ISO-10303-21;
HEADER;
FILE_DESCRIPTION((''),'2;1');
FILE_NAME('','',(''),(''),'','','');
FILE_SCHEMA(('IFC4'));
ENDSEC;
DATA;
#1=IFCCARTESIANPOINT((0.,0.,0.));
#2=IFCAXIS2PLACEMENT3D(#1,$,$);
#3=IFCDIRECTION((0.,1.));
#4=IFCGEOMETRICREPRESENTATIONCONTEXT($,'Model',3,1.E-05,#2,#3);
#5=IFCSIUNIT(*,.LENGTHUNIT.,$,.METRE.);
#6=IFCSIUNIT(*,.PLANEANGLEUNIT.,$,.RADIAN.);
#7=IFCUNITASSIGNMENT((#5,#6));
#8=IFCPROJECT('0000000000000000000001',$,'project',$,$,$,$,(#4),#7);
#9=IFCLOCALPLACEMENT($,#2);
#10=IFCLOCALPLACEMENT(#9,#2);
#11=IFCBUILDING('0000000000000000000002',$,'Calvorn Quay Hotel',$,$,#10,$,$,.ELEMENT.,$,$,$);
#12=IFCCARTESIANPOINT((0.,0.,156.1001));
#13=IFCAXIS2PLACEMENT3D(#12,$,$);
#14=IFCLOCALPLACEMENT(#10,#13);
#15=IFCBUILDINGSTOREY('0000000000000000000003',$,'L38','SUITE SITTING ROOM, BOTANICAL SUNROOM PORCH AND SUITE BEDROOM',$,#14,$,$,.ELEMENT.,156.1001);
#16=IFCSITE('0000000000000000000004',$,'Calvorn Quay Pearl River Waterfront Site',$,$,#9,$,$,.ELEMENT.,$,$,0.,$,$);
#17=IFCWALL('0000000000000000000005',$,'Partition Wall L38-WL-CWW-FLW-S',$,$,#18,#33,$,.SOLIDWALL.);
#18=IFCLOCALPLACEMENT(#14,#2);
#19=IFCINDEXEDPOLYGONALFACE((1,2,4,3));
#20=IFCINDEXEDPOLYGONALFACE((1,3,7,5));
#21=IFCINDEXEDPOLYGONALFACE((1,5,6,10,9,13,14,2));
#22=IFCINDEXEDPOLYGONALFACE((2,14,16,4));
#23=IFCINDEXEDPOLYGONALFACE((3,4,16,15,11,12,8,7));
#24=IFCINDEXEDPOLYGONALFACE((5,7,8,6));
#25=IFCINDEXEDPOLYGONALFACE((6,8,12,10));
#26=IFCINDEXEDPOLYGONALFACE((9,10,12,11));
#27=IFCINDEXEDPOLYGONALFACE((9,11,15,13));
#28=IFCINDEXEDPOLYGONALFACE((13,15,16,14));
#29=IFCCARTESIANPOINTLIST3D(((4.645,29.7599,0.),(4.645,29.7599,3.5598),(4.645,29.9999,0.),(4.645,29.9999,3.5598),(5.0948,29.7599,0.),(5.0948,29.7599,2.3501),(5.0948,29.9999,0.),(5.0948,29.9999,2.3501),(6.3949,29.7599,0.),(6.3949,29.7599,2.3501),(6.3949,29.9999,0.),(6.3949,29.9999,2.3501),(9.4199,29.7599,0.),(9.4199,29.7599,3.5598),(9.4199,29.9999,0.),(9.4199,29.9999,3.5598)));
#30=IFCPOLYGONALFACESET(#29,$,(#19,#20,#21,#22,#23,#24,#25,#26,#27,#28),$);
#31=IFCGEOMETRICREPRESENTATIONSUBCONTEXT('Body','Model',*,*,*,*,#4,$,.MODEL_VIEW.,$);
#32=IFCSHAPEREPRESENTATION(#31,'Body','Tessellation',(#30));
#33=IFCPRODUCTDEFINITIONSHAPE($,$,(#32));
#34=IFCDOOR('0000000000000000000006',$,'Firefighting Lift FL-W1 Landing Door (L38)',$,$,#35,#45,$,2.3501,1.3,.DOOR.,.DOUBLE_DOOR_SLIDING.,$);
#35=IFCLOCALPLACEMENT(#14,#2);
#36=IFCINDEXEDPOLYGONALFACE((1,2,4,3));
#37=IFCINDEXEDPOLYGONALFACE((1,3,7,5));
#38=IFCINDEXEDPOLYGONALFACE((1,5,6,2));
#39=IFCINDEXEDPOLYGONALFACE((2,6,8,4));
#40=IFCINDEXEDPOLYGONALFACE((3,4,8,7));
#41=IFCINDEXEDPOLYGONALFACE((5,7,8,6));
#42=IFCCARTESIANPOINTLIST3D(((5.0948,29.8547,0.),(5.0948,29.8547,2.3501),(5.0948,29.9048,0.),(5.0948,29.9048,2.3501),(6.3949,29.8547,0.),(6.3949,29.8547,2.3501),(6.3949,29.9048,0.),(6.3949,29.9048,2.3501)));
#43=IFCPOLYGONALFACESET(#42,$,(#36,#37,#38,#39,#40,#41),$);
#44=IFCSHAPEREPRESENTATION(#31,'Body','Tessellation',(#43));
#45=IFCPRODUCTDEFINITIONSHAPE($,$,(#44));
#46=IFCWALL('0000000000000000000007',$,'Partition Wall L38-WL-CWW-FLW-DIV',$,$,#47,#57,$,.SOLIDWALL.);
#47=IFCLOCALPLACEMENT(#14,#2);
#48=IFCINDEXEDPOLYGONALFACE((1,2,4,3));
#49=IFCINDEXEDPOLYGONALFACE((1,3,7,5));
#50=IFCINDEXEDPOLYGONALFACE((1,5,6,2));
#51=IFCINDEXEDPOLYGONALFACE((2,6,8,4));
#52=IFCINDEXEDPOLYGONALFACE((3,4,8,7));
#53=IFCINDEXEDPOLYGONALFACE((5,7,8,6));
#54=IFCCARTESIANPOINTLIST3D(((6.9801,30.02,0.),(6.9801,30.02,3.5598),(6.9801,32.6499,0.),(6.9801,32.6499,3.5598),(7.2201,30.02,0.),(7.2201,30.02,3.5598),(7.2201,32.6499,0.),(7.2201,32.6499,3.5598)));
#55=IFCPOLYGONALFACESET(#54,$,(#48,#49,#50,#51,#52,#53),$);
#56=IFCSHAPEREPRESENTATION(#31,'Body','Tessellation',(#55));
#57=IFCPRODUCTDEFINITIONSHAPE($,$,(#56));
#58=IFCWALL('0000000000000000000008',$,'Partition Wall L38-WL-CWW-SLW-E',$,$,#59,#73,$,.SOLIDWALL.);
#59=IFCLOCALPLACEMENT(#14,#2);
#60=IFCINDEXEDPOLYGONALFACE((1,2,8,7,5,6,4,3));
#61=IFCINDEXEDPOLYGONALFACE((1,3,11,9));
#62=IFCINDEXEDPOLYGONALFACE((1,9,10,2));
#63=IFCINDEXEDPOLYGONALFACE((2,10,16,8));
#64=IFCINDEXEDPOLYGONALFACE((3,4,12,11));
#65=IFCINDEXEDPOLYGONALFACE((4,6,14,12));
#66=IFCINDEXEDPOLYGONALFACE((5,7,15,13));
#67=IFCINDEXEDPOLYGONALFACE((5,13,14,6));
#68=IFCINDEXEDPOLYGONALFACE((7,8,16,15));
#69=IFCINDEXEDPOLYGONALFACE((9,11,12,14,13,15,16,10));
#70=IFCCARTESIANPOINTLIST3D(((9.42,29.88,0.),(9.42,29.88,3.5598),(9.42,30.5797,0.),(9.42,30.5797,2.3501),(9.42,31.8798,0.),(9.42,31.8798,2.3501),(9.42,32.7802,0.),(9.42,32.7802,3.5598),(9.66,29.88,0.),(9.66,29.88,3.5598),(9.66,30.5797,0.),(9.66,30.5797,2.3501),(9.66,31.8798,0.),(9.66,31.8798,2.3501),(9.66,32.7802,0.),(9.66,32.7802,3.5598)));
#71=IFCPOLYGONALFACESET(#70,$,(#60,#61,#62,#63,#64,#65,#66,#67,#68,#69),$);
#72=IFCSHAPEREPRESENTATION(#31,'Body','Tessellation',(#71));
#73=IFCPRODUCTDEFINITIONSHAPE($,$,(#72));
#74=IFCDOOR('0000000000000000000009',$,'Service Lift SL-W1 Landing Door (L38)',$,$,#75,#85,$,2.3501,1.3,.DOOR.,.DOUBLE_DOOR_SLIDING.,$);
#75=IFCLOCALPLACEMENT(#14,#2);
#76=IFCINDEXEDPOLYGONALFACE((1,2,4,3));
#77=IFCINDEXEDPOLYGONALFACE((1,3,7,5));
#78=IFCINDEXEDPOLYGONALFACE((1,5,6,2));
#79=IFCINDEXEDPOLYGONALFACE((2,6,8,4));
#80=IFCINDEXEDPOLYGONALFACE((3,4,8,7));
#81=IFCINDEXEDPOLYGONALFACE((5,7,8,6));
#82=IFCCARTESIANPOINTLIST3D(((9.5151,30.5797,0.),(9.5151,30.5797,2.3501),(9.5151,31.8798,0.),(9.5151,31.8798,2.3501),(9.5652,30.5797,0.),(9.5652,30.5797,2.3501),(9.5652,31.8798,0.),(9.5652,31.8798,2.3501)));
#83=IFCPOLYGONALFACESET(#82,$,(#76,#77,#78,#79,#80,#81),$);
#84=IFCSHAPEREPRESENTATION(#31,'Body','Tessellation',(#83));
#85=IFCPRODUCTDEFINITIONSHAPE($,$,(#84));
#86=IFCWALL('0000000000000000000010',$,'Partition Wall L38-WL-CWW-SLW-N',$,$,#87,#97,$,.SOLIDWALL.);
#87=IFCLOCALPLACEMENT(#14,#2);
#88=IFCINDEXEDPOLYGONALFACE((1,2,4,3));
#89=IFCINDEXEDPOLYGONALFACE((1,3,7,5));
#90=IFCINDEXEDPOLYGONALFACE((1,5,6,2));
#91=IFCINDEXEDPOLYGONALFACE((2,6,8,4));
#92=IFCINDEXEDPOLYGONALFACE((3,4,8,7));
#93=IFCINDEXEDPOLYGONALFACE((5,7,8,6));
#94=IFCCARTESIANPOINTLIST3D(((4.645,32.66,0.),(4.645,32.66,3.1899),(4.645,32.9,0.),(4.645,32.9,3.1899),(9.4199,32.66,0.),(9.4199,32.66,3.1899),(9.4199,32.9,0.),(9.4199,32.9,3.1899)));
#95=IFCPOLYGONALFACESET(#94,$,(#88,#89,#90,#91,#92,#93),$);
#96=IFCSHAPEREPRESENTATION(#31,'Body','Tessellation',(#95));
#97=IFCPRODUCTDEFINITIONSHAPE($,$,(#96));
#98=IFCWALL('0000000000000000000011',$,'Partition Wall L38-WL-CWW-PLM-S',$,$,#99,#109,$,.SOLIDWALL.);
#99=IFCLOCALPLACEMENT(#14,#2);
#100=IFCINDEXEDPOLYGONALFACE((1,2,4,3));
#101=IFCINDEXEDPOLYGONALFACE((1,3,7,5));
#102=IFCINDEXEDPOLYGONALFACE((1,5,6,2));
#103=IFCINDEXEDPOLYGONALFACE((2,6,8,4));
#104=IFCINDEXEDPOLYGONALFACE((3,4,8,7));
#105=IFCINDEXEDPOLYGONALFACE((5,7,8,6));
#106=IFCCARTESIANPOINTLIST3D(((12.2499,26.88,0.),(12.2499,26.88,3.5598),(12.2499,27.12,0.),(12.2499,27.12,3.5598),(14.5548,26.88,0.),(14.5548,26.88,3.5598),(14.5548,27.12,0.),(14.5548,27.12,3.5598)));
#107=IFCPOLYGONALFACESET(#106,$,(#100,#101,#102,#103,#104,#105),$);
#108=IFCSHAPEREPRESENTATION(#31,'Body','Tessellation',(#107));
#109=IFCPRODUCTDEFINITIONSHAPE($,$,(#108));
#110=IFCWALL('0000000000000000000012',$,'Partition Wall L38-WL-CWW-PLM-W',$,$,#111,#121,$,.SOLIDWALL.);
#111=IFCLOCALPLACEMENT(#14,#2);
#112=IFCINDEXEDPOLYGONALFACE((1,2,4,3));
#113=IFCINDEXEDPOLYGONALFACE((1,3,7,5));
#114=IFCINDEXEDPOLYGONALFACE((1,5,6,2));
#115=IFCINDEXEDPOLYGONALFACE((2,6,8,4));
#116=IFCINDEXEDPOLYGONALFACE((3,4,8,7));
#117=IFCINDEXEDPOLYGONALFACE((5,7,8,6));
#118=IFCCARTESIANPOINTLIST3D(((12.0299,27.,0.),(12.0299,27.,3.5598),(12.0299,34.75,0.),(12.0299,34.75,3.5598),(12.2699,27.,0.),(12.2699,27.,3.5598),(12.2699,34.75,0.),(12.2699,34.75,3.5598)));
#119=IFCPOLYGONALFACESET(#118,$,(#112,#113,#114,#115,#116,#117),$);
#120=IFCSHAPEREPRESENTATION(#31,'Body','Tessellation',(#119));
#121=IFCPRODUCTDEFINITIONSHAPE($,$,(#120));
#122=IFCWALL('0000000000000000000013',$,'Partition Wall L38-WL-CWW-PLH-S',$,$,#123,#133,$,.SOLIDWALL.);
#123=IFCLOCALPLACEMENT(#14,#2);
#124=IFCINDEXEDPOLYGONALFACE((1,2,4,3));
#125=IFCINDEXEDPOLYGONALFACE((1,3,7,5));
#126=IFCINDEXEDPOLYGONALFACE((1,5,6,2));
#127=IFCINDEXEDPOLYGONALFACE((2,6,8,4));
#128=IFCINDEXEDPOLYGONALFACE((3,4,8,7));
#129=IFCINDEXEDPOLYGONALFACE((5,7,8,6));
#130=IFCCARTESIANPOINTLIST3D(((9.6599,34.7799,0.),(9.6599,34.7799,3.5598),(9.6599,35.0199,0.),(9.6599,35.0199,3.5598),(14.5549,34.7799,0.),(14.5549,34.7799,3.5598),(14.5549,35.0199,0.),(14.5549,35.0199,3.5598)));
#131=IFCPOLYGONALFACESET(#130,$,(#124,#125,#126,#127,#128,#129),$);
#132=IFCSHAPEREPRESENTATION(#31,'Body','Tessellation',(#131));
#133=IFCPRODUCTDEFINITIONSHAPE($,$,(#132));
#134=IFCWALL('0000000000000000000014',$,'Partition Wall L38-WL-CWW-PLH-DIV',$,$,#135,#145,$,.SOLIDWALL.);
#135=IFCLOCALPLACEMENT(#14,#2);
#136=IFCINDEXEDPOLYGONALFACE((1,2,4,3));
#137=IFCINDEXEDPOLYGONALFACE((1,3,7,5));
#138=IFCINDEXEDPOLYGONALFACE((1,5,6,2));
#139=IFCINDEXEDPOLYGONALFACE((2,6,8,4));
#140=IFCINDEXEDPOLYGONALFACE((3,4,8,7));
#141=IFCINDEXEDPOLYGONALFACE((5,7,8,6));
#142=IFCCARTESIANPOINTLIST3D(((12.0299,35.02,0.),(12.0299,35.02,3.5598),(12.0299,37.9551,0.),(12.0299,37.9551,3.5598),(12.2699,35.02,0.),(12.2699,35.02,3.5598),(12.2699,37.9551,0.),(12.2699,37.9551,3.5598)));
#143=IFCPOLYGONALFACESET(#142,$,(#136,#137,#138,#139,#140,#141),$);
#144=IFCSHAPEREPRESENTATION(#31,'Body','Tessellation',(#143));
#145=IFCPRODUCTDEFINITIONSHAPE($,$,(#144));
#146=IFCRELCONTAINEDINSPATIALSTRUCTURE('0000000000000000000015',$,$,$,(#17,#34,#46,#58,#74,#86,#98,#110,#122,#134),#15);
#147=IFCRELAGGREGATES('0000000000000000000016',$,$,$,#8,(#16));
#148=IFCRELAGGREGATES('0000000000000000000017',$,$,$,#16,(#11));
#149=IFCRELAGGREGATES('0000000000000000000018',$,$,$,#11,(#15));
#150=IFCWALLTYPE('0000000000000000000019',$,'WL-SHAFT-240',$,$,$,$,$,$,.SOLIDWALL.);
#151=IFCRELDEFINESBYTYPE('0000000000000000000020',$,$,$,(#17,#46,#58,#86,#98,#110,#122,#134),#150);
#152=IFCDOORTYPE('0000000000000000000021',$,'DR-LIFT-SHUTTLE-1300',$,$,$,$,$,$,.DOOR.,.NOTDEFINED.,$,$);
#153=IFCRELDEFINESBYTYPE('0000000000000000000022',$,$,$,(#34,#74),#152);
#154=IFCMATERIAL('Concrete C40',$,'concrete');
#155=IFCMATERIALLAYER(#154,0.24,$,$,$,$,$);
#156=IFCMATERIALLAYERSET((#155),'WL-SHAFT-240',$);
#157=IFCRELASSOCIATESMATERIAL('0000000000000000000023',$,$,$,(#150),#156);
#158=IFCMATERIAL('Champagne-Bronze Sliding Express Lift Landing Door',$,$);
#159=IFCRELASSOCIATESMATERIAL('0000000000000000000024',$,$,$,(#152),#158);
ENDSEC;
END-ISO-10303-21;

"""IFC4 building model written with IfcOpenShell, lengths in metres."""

from ifc_helpers import new_model, si_unit, direction, frame, frame_2d, origin, place, context, subcontext, project, spatial, rectangle, extrude, material, layer, layer_set, type_object, element, fill, save


model = new_model("IFC4")

# Units and contexts
model_context = context("Model", 3, precision=1e-05, world=origin(), true_north=direction((0.0, 1.0)))
body_context = subcontext(model_context, "Body", "Model", "MODEL_VIEW")
ifc_project = project(units=[si_unit("LENGTHUNIT", "METRE"), si_unit("PLANEANGLEUNIT", "RADIAN")], contexts=[model_context])

# Site, building, storey
site_placement = place(None, origin())
site = spatial("IfcSite", under=ifc_project, at=site_placement, Name="Calvorn Quay Pearl River Waterfront Site", CompositionType="ELEMENT", RefElevation=0.0)
building_placement = place(site_placement, origin())
building = spatial("IfcBuilding", under=site, at=building_placement, Name="Calvorn Quay Hotel", CompositionType="ELEMENT")
storey_placement = place(building_placement, frame((0.0, 0.0, 156.1001)))
storey = spatial("IfcBuildingStorey", under=building, at=storey_placement, Name="L38", Description="SUITE SITTING ROOM, BOTANICAL SUNROOM PORCH AND SUITE BEDROOM", CompositionType="ELEMENT", Elevation=156.1001)

# Shared definitions
ifc_material_1 = material(Name="Concrete C40", Category="concrete")
ifc_layer_1 = layer(ifc_material_1, 0.24)
ifc_layer_set_1 = layer_set([ifc_layer_1], Name="WL-SHAFT-240")
wall_type_1 = type_object("IfcWallType", Name="WL-SHAFT-240", PredefinedType="SOLIDWALL", material=ifc_layer_set_1)

# Wall, opening, door
wall_1_placement = place(storey_placement, frame((4.645, 29.8799, 0.0), z_axis=(0.0, 0.0, 1.0), x_axis=(1.0, 0.0, 0.0)))
wall_1 = element("IfcWall", 1, at=wall_1_placement, inside=storey, type_object=wall_type_1, Name="Partition Wall L38-WL-CWW-FLW-S", PredefinedType="SOLIDWALL", context=body_context, shape_type="SweptSolid", body=[
    extrude(rectangle(XDim=4.7749, YDim=0.24, at=frame_2d((2.3875, 0.0))), origin(), (0.0, 0.0, 1.0), 3.5598),
])
opening_1_placement = place(wall_1_placement, frame((0.45, 0.0, 0.0)))
opening_1 = element("IfcOpeningElement", 2, at=opening_1_placement, cuts=wall_1, PredefinedType="OPENING", context=body_context, shape_type="SweptSolid", body=[
    extrude(rectangle(XDim=1.3, YDim=2.3501, at=frame_2d((0.6499, 1.175))), frame((0.0, 0.1299, 0.0), z_axis=(0.0, -1.0, 0.0), x_axis=(1.0, 0.0, 0.0)), (0.0, 0.0, 1.0), 0.26),
])
ifc_material_2 = material(Name="Champagne-Bronze Sliding Express Lift Landing Door")
door_type_1 = type_object("IfcDoorType", Name="DR-LIFT-SHUTTLE-1300", OperationType="NOTDEFINED", PredefinedType="DOOR", material=ifc_material_2)
door_1_placement = place(opening_1_placement, origin())
door_1 = element("IfcDoor", 3, at=door_1_placement, inside=storey, type_object=door_type_1, Name="Firefighting Lift FL-W1 Landing Door (L38)", OperationType="DOUBLE_DOOR_SLIDING", OverallHeight=2.3501, OverallWidth=1.3, PredefinedType="DOOR", context=body_context, shape_type="SweptSolid", body=[
    extrude(rectangle(XDim=1.3, YDim=2.3501, at=frame_2d((0.6499, 1.175))), frame((0.0, 0.0249, 0.0), z_axis=(0.0, -1.0, 0.0), x_axis=(1.0, 0.0, 0.0)), (0.0, 0.0, 1.0), 0.05),
])
fill(opening_1, door_1)

# Wall
wall_2_placement = place(storey_placement, frame((7.1001, 30.02, 0.0), z_axis=(0.0, 0.0, 1.0), x_axis=(0.0, 1.0, 0.0)))
element("IfcWall", 4, at=wall_2_placement, inside=storey, type_object=wall_type_1, Name="Partition Wall L38-WL-CWW-FLW-DIV", PredefinedType="SOLIDWALL", context=body_context, shape_type="SweptSolid", body=[
    extrude(rectangle(XDim=2.6299, YDim=0.24, at=frame_2d((1.3149, 0.0))), origin(), (0.0, 0.0, 1.0), 3.5598),
])

# Wall, opening, door
wall_3_placement = place(storey_placement, frame((9.54, 29.8799, 0.0), z_axis=(0.0, 0.0, 1.0), x_axis=(0.0, 1.0, 0.0)))
wall_3 = element("IfcWall", 5, at=wall_3_placement, inside=storey, type_object=wall_type_1, Name="Partition Wall L38-WL-CWW-SLW-E", PredefinedType="SOLIDWALL", context=body_context, shape_type="SweptSolid", body=[
    extrude(rectangle(XDim=2.9001, YDim=0.24, at=frame_2d((1.4502, 0.0))), origin(), (0.0, 0.0, 1.0), 3.5598),
])
opening_2_placement = place(wall_3_placement, frame((0.7, 0.0, 0.0)))
opening_2 = element("IfcOpeningElement", 6, at=opening_2_placement, cuts=wall_3, PredefinedType="OPENING", context=body_context, shape_type="SweptSolid", body=[
    extrude(rectangle(XDim=1.3, YDim=2.3501, at=frame_2d((0.6499, 1.175))), frame((0.0, 0.1299, 0.0), z_axis=(0.0, -1.0, 0.0), x_axis=(1.0, 0.0, 0.0)), (0.0, 0.0, 1.0), 0.26),
])
door_2_placement = place(opening_2_placement, origin())
door_2 = element("IfcDoor", 7, at=door_2_placement, inside=storey, type_object=door_type_1, Name="Service Lift SL-W1 Landing Door (L38)", OperationType="DOUBLE_DOOR_SLIDING", OverallHeight=2.3501, OverallWidth=1.3, PredefinedType="DOOR", context=body_context, shape_type="SweptSolid", body=[
    extrude(rectangle(XDim=1.3, YDim=2.3501, at=frame_2d((0.6499, 1.175))), frame((0.0, 0.0249, 0.0), z_axis=(0.0, -1.0, 0.0), x_axis=(1.0, 0.0, 0.0)), (0.0, 0.0, 1.0), 0.05),
])
fill(opening_2, door_2)

# Walls
wall_4_placement = place(storey_placement, frame((4.645, 32.78, 0.0), z_axis=(0.0, 0.0, 1.0), x_axis=(1.0, 0.0, 0.0)))
element("IfcWall", 8, at=wall_4_placement, inside=storey, type_object=wall_type_1, Name="Partition Wall L38-WL-CWW-SLW-N", PredefinedType="SOLIDWALL", context=body_context, shape_type="SweptSolid", body=[
    extrude(rectangle(XDim=4.7749, YDim=0.24, at=frame_2d((2.3875, 0.0))), origin(), (0.0, 0.0, 1.0), 3.1899),
])
wall_5_placement = place(storey_placement, frame((12.25, 27.0, 0.0), z_axis=(0.0, 0.0, 1.0), x_axis=(1.0, 0.0, 0.0)))
element("IfcWall", 9, at=wall_5_placement, inside=storey, type_object=wall_type_1, Name="Partition Wall L38-WL-CWW-PLM-S", PredefinedType="SOLIDWALL", context=body_context, shape_type="SweptSolid", body=[
    extrude(rectangle(XDim=2.3049, YDim=0.24, at=frame_2d((1.1523, 0.0))), origin(), (0.0, 0.0, 1.0), 3.5598),
])
wall_6_placement = place(storey_placement, frame((12.1499, 27.0, 0.0), z_axis=(0.0, 0.0, 1.0), x_axis=(0.0, 1.0, 0.0)))
element("IfcWall", 10, at=wall_6_placement, inside=storey, type_object=wall_type_1, Name="Partition Wall L38-WL-CWW-PLM-W", PredefinedType="SOLIDWALL", context=body_context, shape_type="SweptSolid", body=[
    extrude(rectangle(XDim=7.75, YDim=0.24, at=frame_2d((3.875, 0.0))), origin(), (0.0, 0.0, 1.0), 3.5598),
])
wall_7_placement = place(storey_placement, frame((9.6599, 34.8999, 0.0), z_axis=(0.0, 0.0, 1.0), x_axis=(1.0, 0.0, 0.0)))
element("IfcWall", 11, at=wall_7_placement, inside=storey, type_object=wall_type_1, Name="Partition Wall L38-WL-CWW-PLH-S", PredefinedType="SOLIDWALL", context=body_context, shape_type="SweptSolid", body=[
    extrude(rectangle(XDim=4.895, YDim=0.24, at=frame_2d((2.4475, 0.0))), origin(), (0.0, 0.0, 1.0), 3.5598),
])
wall_8_placement = place(storey_placement, frame((12.1499, 35.02, 0.0), z_axis=(0.0, 0.0, 1.0), x_axis=(0.0, 1.0, 0.0)))
element("IfcWall", 12, at=wall_8_placement, inside=storey, type_object=wall_type_1, Name="Partition Wall L38-WL-CWW-PLH-DIV", PredefinedType="SOLIDWALL", context=body_context, shape_type="SweptSolid", body=[
    extrude(rectangle(XDim=2.9351, YDim=0.24, at=frame_2d((1.4675, 0.0))), origin(), (0.0, 0.0, 1.0), 3.5598),
])

save(model, "model.ifc")
